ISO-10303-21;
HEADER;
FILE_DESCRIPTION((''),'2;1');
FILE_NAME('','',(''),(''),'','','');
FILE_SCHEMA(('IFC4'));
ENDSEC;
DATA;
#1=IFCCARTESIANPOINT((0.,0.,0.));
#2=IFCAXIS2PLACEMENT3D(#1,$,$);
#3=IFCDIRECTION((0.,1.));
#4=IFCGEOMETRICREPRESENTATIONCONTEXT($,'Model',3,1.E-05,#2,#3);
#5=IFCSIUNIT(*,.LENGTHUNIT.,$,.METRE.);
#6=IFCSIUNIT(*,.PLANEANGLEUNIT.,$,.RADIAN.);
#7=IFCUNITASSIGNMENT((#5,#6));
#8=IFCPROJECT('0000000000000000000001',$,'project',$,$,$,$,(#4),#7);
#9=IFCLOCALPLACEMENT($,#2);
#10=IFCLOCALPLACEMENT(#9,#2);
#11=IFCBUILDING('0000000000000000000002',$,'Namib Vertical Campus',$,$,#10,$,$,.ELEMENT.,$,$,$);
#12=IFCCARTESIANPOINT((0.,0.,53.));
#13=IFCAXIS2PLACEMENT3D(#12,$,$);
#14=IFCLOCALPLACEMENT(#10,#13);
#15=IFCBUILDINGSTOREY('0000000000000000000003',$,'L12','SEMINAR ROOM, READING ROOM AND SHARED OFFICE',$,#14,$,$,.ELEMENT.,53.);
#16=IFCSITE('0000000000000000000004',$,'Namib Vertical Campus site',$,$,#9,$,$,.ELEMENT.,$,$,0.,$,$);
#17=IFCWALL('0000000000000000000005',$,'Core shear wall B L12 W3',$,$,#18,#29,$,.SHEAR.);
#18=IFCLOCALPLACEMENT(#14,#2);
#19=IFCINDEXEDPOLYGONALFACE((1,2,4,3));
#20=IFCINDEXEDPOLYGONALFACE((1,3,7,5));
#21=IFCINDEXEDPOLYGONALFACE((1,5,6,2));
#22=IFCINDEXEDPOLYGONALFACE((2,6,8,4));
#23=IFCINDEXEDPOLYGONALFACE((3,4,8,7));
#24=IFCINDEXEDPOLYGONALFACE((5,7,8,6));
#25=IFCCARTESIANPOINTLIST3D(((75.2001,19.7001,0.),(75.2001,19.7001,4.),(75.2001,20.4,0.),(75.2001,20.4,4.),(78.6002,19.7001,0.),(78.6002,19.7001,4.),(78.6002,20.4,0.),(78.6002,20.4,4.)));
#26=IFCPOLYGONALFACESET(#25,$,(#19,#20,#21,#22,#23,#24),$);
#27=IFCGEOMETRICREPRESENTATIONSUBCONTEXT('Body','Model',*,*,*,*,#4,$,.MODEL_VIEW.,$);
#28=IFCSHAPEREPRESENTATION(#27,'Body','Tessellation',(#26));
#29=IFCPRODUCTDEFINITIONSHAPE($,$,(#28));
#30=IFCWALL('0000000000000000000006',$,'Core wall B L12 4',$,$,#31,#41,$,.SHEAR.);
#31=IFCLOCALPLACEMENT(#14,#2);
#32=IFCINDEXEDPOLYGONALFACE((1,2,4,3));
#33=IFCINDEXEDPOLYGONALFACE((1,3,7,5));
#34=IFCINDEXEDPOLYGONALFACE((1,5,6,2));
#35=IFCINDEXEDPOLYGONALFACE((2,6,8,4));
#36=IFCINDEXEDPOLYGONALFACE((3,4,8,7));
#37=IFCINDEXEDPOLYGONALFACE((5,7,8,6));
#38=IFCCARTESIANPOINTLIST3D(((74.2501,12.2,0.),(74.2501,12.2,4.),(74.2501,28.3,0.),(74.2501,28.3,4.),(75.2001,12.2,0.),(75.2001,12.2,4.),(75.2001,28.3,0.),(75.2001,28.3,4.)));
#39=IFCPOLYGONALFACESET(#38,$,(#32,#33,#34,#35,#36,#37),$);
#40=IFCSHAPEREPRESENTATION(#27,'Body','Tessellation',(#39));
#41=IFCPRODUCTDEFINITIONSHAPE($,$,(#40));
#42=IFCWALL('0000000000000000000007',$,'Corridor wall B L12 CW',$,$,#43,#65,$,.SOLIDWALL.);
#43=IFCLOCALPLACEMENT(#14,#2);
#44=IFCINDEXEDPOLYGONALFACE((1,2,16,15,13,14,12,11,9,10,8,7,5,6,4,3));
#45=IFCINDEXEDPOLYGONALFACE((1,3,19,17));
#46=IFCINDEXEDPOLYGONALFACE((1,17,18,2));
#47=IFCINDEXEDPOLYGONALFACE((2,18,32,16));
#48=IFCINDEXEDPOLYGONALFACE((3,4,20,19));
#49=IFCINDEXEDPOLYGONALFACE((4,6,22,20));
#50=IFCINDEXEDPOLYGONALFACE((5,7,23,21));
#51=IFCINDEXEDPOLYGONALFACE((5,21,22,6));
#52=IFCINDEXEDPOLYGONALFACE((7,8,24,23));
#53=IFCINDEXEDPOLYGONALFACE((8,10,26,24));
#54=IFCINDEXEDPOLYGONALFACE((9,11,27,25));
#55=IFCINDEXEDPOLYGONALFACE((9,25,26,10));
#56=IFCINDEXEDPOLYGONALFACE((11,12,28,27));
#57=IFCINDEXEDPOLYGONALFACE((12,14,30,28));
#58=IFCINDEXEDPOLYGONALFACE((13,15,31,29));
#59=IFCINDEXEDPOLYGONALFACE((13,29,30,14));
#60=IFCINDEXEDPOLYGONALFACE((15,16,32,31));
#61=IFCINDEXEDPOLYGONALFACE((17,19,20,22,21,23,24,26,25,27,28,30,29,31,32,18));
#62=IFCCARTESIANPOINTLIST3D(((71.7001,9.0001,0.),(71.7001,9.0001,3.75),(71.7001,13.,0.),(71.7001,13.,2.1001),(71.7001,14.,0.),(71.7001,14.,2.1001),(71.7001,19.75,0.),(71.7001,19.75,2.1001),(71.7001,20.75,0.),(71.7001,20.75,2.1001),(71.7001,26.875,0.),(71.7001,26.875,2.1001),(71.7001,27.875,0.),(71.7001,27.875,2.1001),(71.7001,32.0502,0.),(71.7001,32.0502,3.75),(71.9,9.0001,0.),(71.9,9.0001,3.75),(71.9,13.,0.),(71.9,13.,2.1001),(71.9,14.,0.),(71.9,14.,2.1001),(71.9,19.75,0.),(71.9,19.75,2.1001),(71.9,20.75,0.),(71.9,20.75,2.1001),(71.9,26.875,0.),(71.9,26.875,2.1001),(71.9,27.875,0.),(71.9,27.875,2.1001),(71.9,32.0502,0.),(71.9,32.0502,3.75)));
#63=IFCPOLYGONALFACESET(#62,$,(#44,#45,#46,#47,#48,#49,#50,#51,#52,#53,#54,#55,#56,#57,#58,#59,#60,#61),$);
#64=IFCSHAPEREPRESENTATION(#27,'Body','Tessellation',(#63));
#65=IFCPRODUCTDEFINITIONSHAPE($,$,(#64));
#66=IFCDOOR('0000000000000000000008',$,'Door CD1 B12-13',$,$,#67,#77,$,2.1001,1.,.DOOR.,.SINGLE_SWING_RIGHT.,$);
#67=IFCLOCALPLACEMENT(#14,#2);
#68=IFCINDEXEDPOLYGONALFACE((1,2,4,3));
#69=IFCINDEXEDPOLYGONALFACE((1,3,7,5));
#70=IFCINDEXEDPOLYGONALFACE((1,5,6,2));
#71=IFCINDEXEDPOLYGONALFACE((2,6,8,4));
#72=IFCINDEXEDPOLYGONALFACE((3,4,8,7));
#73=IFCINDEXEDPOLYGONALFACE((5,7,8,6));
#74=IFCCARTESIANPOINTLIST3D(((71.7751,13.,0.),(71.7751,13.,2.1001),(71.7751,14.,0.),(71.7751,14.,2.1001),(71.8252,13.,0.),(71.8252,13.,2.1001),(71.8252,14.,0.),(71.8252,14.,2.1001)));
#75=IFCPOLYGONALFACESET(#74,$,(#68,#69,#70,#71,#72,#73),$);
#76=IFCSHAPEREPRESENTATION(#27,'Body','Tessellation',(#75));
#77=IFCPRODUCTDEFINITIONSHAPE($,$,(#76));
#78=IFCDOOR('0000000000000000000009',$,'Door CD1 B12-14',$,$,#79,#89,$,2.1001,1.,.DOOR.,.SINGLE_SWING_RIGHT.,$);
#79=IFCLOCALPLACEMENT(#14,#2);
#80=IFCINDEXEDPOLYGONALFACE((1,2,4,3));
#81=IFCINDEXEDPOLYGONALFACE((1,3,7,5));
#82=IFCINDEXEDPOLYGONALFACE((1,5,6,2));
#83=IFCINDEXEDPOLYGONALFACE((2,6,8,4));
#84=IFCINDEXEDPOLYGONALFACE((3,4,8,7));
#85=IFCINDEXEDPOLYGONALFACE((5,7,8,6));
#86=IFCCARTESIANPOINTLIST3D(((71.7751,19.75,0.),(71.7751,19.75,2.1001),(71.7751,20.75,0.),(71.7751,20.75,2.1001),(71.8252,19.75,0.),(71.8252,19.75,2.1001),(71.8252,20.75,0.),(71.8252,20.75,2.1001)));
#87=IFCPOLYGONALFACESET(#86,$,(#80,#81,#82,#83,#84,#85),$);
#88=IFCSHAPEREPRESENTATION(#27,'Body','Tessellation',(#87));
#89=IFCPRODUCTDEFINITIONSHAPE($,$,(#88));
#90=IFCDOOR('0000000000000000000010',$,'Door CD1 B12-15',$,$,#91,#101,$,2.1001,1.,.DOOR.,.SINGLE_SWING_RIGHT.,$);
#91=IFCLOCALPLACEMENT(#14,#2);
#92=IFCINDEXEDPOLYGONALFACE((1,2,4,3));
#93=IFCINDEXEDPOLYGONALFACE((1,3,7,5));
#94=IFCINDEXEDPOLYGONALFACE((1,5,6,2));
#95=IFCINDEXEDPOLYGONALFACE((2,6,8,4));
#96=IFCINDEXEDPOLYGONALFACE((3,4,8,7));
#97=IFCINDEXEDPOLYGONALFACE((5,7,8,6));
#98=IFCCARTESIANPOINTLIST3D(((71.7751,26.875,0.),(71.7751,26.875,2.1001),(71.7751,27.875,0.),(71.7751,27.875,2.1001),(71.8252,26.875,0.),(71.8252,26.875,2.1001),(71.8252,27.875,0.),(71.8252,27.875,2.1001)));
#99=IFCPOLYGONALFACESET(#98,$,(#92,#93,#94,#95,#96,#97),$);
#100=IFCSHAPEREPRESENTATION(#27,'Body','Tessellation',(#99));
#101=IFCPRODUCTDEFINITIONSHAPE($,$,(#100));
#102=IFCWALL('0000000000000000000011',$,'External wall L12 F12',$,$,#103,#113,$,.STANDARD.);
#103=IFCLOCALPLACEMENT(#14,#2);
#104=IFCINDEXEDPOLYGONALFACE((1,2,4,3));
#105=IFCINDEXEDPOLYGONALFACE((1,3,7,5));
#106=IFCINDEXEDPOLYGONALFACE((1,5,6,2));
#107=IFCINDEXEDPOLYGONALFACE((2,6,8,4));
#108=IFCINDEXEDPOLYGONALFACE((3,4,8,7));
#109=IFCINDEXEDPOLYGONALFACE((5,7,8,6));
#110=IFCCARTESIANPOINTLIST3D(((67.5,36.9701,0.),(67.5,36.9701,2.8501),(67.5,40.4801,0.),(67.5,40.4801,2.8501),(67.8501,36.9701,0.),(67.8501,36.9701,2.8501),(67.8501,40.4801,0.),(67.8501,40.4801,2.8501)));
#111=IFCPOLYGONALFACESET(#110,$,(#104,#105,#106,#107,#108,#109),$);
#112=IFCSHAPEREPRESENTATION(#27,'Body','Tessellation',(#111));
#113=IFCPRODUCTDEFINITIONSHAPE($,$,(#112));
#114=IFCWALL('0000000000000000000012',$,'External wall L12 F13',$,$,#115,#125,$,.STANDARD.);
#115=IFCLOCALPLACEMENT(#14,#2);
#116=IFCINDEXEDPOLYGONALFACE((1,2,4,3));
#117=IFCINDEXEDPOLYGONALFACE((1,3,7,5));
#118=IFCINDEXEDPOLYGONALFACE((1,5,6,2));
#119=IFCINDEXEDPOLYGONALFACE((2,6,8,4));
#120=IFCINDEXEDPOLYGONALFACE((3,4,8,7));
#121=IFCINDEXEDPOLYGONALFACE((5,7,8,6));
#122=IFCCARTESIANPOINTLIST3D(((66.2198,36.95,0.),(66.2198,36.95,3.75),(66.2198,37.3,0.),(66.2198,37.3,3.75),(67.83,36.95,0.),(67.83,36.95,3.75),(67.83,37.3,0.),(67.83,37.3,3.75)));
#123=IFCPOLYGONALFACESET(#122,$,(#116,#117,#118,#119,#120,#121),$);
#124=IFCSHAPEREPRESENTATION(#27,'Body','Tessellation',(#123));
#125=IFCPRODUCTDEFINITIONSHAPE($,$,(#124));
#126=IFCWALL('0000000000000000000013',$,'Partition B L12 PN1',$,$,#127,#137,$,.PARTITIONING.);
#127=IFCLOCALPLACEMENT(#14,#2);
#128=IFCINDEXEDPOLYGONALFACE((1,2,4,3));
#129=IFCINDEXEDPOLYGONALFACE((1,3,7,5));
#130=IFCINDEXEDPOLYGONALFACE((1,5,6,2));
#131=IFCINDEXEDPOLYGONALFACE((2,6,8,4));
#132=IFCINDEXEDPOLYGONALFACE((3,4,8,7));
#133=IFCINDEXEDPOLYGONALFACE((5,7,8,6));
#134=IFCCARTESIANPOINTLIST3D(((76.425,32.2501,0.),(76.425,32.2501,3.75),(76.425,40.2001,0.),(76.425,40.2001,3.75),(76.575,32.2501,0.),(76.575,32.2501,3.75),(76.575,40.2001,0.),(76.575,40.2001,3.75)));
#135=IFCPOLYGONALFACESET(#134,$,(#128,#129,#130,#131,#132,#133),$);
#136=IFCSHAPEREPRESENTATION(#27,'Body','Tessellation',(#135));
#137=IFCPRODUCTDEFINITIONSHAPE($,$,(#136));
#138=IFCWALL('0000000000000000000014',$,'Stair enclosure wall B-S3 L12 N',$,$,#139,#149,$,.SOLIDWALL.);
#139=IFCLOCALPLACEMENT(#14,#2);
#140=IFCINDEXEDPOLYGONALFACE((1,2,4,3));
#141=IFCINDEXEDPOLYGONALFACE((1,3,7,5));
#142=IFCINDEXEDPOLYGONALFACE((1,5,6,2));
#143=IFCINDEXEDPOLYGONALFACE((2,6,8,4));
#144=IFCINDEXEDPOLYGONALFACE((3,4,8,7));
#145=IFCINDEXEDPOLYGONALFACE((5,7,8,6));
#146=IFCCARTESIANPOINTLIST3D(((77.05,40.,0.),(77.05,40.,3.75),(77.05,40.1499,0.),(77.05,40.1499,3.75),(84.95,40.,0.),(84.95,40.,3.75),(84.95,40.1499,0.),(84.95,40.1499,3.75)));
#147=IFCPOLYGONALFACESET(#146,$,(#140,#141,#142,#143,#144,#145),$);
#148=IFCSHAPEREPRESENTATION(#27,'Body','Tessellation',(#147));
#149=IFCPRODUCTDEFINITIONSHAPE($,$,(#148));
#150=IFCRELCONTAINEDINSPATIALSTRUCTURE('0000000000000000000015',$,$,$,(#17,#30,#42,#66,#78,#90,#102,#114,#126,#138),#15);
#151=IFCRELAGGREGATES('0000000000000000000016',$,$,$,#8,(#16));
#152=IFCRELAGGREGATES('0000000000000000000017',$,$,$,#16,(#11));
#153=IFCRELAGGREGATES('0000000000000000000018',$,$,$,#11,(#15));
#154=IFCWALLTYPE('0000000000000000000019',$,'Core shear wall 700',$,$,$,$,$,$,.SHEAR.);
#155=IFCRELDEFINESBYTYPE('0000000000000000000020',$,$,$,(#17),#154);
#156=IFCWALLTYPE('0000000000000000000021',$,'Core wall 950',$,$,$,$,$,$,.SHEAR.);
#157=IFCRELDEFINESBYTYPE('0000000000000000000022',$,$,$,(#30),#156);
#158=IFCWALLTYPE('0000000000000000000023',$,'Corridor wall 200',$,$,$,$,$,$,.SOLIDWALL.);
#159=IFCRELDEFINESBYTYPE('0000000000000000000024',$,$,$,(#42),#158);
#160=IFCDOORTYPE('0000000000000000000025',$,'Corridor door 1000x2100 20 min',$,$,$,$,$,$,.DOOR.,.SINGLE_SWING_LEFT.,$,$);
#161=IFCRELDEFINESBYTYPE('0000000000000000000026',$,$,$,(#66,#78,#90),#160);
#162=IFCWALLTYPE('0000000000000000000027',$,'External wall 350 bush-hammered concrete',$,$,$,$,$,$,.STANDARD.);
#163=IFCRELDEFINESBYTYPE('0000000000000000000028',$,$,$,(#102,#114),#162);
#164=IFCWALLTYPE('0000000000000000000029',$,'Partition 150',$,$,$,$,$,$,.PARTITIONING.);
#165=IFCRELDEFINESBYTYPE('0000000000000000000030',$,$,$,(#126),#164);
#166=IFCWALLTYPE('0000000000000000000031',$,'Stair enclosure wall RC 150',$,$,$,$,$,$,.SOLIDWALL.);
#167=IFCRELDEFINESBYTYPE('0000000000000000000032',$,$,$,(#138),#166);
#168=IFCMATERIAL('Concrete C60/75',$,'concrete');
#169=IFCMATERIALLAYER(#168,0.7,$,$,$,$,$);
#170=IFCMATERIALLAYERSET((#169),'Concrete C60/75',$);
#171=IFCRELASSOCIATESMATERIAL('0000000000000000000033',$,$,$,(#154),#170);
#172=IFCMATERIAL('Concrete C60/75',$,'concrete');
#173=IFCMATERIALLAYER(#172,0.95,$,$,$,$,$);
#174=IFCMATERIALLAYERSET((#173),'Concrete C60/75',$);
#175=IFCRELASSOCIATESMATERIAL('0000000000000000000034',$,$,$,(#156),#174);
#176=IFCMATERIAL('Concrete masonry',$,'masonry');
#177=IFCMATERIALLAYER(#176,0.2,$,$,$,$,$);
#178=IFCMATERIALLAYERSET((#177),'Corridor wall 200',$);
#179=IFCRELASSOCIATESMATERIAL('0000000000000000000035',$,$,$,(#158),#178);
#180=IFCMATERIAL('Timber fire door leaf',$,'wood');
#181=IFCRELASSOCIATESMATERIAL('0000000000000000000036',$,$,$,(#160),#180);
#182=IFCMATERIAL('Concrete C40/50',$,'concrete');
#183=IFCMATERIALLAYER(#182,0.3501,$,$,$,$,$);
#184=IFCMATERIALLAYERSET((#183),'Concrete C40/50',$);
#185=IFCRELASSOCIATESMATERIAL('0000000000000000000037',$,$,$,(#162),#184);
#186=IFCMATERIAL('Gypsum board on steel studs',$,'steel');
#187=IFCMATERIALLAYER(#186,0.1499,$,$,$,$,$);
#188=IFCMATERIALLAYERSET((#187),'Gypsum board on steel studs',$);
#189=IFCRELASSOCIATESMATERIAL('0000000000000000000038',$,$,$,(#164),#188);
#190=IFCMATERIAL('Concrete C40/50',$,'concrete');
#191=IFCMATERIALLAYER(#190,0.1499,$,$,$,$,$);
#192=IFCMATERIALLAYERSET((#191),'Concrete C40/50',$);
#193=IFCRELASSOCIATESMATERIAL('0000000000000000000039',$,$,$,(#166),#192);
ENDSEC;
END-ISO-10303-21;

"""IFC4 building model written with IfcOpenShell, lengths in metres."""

from ifc_helpers import new_model, si_unit, direction, frame, frame_2d, origin, place, context, subcontext, project, spatial, rectangle, extrude, material, layer, layer_set, type_object, element, fill, save


model = new_model("IFC4")

# Units and contexts
model_context = context("Model", 3, precision=1e-05, world=origin(), true_north=direction((0.0, 1.0)))
body_context = subcontext(model_context, "Body", "Model", "MODEL_VIEW")
ifc_project = project(units=[si_unit("LENGTHUNIT", "METRE"), si_unit("PLANEANGLEUNIT", "RADIAN")], contexts=[model_context])

# Site, building, storey
site_placement = place(None, origin())
site = spatial("IfcSite", under=ifc_project, at=site_placement, Name="Namib Vertical Campus site", CompositionType="ELEMENT", RefElevation=0.0)
building_placement = place(site_placement, origin())
building = spatial("IfcBuilding", under=site, at=building_placement, Name="Namib Vertical Campus", CompositionType="ELEMENT")
storey_placement = place(building_placement, frame((0.0, 0.0, 53.0)))
storey = spatial("IfcBuildingStorey", under=building, at=storey_placement, Name="L12", Description="SEMINAR ROOM, READING ROOM AND SHARED OFFICE", CompositionType="ELEMENT", Elevation=53.0)

# Walls
ifc_material_1 = material(Name="Concrete C60/75", Category="concrete")
ifc_layer_1 = layer(ifc_material_1, 0.7)
ifc_layer_set_1 = layer_set([ifc_layer_1], Name="Concrete C60/75")
wall_type_1 = type_object("IfcWallType", Name="Core shear wall 700", PredefinedType="SHEAR", material=ifc_layer_set_1)
wall_1_placement = place(storey_placement, frame((75.2, 20.05, 0.0), z_axis=(0.0, 0.0, 1.0), x_axis=(1.0, 0.0, 0.0)))
element("IfcWall", 1, at=wall_1_placement, inside=storey, type_object=wall_type_1, Name="Core shear wall B L12 W3", PredefinedType="SHEAR", context=body_context, shape_type="SweptSolid", body=[
    extrude(rectangle(XDim=3.4001, YDim=0.7, at=frame_2d((1.7002, 0.0))), origin(), (0.0, 0.0, 1.0), 4.0),
])
ifc_material_2 = material(Name="Concrete C60/75", Category="concrete")
ifc_layer_2 = layer(ifc_material_2, 0.95)
ifc_layer_set_2 = layer_set([ifc_layer_2], Name="Concrete C60/75")
wall_type_2 = type_object("IfcWallType", Name="Core wall 950", PredefinedType="SHEAR", material=ifc_layer_set_2)
wall_2_placement = place(storey_placement, frame((74.7251, 28.3, 0.0), z_axis=(0.0, 0.0, 1.0), x_axis=(0.0, -1.0, 0.0)))
element("IfcWall", 2, at=wall_2_placement, inside=storey, type_object=wall_type_2, Name="Core wall B L12 4", PredefinedType="SHEAR", context=body_context, shape_type="SweptSolid", body=[
    extrude(rectangle(XDim=16.1001, YDim=0.95, at=frame_2d((8.05, 0.0))), origin(), (0.0, 0.0, 1.0), 4.0),
])

# Wall, openings, doors
ifc_material_3 = material(Name="Concrete masonry", Category="masonry")
ifc_layer_3 = layer(ifc_material_3, 0.2)
ifc_layer_set_3 = layer_set([ifc_layer_3], Name="Corridor wall 200")
wall_type_3 = type_object("IfcWallType", Name="Corridor wall 200", PredefinedType="SOLIDWALL", material=ifc_layer_set_3)
wall_3_placement = place(storey_placement, frame((71.8, 32.05, 0.0), z_axis=(0.0, 0.0, 1.0), x_axis=(0.0, -1.0, 0.0)))
wall_3 = element("IfcWall", 3, at=wall_3_placement, inside=storey, type_object=wall_type_3, Name="Corridor wall B L12 CW", PredefinedType="SOLIDWALL", context=body_context, shape_type="SweptSolid", body=[
    extrude(rectangle(XDim=23.05, YDim=0.2, at=frame_2d((11.5249, 0.0))), origin(), (0.0, 0.0, 1.0), 3.75),
])
opening_1_placement = place(wall_3_placement, frame((18.05, 0.0, 0.0)))
opening_1 = element("IfcOpeningElement", 4, at=opening_1_placement, cuts=wall_3, PredefinedType="OPENING", context=body_context, shape_type="SweptSolid", body=[
    extrude(rectangle(XDim=1.0, YDim=2.1001, at=frame_2d((0.5, 1.05))), frame((0.0, 0.1099, 0.0), z_axis=(0.0, -1.0, 0.0), x_axis=(1.0, 0.0, 0.0)), (0.0, 0.0, 1.0), 0.22),
])
opening_2_placement = place(wall_3_placement, frame((11.3, 0.0, 0.0)))
opening_2 = element("IfcOpeningElement", 5, at=opening_2_placement, cuts=wall_3, PredefinedType="OPENING", context=body_context, shape_type="SweptSolid", body=[
    extrude(rectangle(XDim=1.0, YDim=2.1001, at=frame_2d((0.5, 1.05))), frame((0.0, 0.1099, 0.0), z_axis=(0.0, -1.0, 0.0), x_axis=(1.0, 0.0, 0.0)), (0.0, 0.0, 1.0), 0.22),
])
opening_3_placement = place(wall_3_placement, frame((4.175, 0.0, 0.0)))
opening_3 = element("IfcOpeningElement", 6, at=opening_3_placement, cuts=wall_3, PredefinedType="OPENING", context=body_context, shape_type="SweptSolid", body=[
    extrude(rectangle(XDim=1.0, YDim=2.1001, at=frame_2d((0.5, 1.05))), frame((0.0, 0.1099, 0.0), z_axis=(0.0, -1.0, 0.0), x_axis=(1.0, 0.0, 0.0)), (0.0, 0.0, 1.0), 0.22),
])
ifc_material_4 = material(Name="Timber fire door leaf", Category="wood")
door_type_1 = type_object("IfcDoorType", Name="Corridor door 1000x2100 20 min", OperationType="SINGLE_SWING_LEFT", PredefinedType="DOOR", material=ifc_material_4)
door_1_placement = place(opening_1_placement, frame((1.0, 0.0, 0.0), z_axis=(0.0, 0.0, 1.0), x_axis=(-1.0, 0.0, 0.0)))
door_1 = element("IfcDoor", 7, at=door_1_placement, inside=storey, type_object=door_type_1, Name="Door CD1 B12-13", OperationType="SINGLE_SWING_RIGHT", OverallHeight=2.1001, OverallWidth=1.0, PredefinedType="DOOR", context=body_context, shape_type="SweptSolid", body=[
    extrude(rectangle(XDim=1.0, YDim=2.1001, at=frame_2d((0.5, 1.05))), frame((0.0, 0.0249, 0.0), z_axis=(0.0, -1.0, 0.0), x_axis=(1.0, 0.0, 0.0)), (0.0, 0.0, 1.0), 0.05),
])
fill(opening_1, door_1)
door_2_placement = place(opening_2_placement, frame((1.0, 0.0, 0.0), z_axis=(0.0, 0.0, 1.0), x_axis=(-1.0, 0.0, 0.0)))
door_2 = element("IfcDoor", 8, at=door_2_placement, inside=storey, type_object=door_type_1, Name="Door CD1 B12-14", OperationType="SINGLE_SWING_RIGHT", OverallHeight=2.1001, OverallWidth=1.0, PredefinedType="DOOR", context=body_context, shape_type="SweptSolid", body=[
    extrude(rectangle(XDim=1.0, YDim=2.1001, at=frame_2d((0.5, 1.05))), frame((0.0, 0.0249, 0.0), z_axis=(0.0, -1.0, 0.0), x_axis=(1.0, 0.0, 0.0)), (0.0, 0.0, 1.0), 0.05),
])
fill(opening_2, door_2)
door_3_placement = place(opening_3_placement, frame((1.0, 0.0, 0.0), z_axis=(0.0, 0.0, 1.0), x_axis=(-1.0, 0.0, 0.0)))
door_3 = element("IfcDoor", 9, at=door_3_placement, inside=storey, type_object=door_type_1, Name="Door CD1 B12-15", OperationType="SINGLE_SWING_RIGHT", OverallHeight=2.1001, OverallWidth=1.0, PredefinedType="DOOR", context=body_context, shape_type="SweptSolid", body=[
    extrude(rectangle(XDim=1.0, YDim=2.1001, at=frame_2d((0.5, 1.05))), frame((0.0, 0.0249, 0.0), z_axis=(0.0, -1.0, 0.0), x_axis=(1.0, 0.0, 0.0)), (0.0, 0.0, 1.0), 0.05),
])
fill(opening_3, door_3)

# Walls
ifc_material_5 = material(Name="Concrete C40/50", Category="concrete")
ifc_layer_4 = layer(ifc_material_5, 0.3501)
ifc_layer_set_4 = layer_set([ifc_layer_4], Name="Concrete C40/50")
wall_type_4 = type_object("IfcWallType", Name="External wall 350 bush-hammered concrete", PredefinedType="STANDARD", material=ifc_layer_set_4)
wall_4_placement = place(storey_placement, frame((67.675, 40.48, 0.0), z_axis=(0.0, 0.0, 1.0), x_axis=(0.0, -1.0, 0.0)))
element("IfcWall", 10, at=wall_4_placement, inside=storey, type_object=wall_type_4, Name="External wall L12 F12", PredefinedType="STANDARD", context=body_context, shape_type="SweptSolid", body=[
    extrude(rectangle(XDim=3.51, YDim=0.3501, at=frame_2d((1.7549, 0.0))), origin(), (0.0, 0.0, 1.0), 2.8501),
])
wall_5_placement = place(storey_placement, frame((67.8301, 37.125, 0.0), z_axis=(0.0, 0.0, 1.0), x_axis=(-1.0, 0.0, 0.0)))
element("IfcWall", 11, at=wall_5_placement, inside=storey, type_object=wall_type_4, Name="External wall L12 F13", PredefinedType="STANDARD", context=body_context, shape_type="SweptSolid", body=[
    extrude(rectangle(XDim=1.6101, YDim=0.3501, at=frame_2d((0.8052, 0.0))), origin(), (0.0, 0.0, 1.0), 3.75),
])
ifc_material_6 = material(Name="Gypsum board on steel studs", Category="steel")
ifc_layer_5 = layer(ifc_material_6, 0.1499)
ifc_layer_set_5 = layer_set([ifc_layer_5], Name="Gypsum board on steel studs")
wall_type_5 = type_object("IfcWallType", Name="Partition 150", PredefinedType="PARTITIONING", material=ifc_layer_set_5)
wall_6_placement = place(storey_placement, frame((76.5, 32.25, 0.0), z_axis=(0.0, 0.0, 1.0), x_axis=(0.0, 1.0, 0.0)))
element("IfcWall", 12, at=wall_6_placement, inside=storey, type_object=wall_type_5, Name="Partition B L12 PN1", PredefinedType="PARTITIONING", context=body_context, shape_type="SweptSolid", body=[
    extrude(rectangle(XDim=7.95, YDim=0.1499, at=frame_2d((3.9751, 0.0))), origin(), (0.0, 0.0, 1.0), 3.75),
])
ifc_material_7 = material(Name="Concrete C40/50", Category="concrete")
ifc_layer_6 = layer(ifc_material_7, 0.1499)
ifc_layer_set_6 = layer_set([ifc_layer_6], Name="Concrete C40/50")
wall_type_6 = type_object("IfcWallType", Name="Stair enclosure wall RC 150", PredefinedType="SOLIDWALL", material=ifc_layer_set_6)
wall_7_placement = place(storey_placement, frame((77.05, 40.075, 0.0), z_axis=(0.0, 0.0, 1.0), x_axis=(1.0, 0.0, 0.0)))
element("IfcWall", 13, at=wall_7_placement, inside=storey, type_object=wall_type_6, Name="Stair enclosure wall B-S3 L12 N", PredefinedType="SOLIDWALL", context=body_context, shape_type="SweptSolid", body=[
    extrude(rectangle(XDim=7.8999, YDim=0.1499, at=frame_2d((3.95, 0.0))), origin(), (0.0, 0.0, 1.0), 3.75),
])

save(model, "model.ifc")
